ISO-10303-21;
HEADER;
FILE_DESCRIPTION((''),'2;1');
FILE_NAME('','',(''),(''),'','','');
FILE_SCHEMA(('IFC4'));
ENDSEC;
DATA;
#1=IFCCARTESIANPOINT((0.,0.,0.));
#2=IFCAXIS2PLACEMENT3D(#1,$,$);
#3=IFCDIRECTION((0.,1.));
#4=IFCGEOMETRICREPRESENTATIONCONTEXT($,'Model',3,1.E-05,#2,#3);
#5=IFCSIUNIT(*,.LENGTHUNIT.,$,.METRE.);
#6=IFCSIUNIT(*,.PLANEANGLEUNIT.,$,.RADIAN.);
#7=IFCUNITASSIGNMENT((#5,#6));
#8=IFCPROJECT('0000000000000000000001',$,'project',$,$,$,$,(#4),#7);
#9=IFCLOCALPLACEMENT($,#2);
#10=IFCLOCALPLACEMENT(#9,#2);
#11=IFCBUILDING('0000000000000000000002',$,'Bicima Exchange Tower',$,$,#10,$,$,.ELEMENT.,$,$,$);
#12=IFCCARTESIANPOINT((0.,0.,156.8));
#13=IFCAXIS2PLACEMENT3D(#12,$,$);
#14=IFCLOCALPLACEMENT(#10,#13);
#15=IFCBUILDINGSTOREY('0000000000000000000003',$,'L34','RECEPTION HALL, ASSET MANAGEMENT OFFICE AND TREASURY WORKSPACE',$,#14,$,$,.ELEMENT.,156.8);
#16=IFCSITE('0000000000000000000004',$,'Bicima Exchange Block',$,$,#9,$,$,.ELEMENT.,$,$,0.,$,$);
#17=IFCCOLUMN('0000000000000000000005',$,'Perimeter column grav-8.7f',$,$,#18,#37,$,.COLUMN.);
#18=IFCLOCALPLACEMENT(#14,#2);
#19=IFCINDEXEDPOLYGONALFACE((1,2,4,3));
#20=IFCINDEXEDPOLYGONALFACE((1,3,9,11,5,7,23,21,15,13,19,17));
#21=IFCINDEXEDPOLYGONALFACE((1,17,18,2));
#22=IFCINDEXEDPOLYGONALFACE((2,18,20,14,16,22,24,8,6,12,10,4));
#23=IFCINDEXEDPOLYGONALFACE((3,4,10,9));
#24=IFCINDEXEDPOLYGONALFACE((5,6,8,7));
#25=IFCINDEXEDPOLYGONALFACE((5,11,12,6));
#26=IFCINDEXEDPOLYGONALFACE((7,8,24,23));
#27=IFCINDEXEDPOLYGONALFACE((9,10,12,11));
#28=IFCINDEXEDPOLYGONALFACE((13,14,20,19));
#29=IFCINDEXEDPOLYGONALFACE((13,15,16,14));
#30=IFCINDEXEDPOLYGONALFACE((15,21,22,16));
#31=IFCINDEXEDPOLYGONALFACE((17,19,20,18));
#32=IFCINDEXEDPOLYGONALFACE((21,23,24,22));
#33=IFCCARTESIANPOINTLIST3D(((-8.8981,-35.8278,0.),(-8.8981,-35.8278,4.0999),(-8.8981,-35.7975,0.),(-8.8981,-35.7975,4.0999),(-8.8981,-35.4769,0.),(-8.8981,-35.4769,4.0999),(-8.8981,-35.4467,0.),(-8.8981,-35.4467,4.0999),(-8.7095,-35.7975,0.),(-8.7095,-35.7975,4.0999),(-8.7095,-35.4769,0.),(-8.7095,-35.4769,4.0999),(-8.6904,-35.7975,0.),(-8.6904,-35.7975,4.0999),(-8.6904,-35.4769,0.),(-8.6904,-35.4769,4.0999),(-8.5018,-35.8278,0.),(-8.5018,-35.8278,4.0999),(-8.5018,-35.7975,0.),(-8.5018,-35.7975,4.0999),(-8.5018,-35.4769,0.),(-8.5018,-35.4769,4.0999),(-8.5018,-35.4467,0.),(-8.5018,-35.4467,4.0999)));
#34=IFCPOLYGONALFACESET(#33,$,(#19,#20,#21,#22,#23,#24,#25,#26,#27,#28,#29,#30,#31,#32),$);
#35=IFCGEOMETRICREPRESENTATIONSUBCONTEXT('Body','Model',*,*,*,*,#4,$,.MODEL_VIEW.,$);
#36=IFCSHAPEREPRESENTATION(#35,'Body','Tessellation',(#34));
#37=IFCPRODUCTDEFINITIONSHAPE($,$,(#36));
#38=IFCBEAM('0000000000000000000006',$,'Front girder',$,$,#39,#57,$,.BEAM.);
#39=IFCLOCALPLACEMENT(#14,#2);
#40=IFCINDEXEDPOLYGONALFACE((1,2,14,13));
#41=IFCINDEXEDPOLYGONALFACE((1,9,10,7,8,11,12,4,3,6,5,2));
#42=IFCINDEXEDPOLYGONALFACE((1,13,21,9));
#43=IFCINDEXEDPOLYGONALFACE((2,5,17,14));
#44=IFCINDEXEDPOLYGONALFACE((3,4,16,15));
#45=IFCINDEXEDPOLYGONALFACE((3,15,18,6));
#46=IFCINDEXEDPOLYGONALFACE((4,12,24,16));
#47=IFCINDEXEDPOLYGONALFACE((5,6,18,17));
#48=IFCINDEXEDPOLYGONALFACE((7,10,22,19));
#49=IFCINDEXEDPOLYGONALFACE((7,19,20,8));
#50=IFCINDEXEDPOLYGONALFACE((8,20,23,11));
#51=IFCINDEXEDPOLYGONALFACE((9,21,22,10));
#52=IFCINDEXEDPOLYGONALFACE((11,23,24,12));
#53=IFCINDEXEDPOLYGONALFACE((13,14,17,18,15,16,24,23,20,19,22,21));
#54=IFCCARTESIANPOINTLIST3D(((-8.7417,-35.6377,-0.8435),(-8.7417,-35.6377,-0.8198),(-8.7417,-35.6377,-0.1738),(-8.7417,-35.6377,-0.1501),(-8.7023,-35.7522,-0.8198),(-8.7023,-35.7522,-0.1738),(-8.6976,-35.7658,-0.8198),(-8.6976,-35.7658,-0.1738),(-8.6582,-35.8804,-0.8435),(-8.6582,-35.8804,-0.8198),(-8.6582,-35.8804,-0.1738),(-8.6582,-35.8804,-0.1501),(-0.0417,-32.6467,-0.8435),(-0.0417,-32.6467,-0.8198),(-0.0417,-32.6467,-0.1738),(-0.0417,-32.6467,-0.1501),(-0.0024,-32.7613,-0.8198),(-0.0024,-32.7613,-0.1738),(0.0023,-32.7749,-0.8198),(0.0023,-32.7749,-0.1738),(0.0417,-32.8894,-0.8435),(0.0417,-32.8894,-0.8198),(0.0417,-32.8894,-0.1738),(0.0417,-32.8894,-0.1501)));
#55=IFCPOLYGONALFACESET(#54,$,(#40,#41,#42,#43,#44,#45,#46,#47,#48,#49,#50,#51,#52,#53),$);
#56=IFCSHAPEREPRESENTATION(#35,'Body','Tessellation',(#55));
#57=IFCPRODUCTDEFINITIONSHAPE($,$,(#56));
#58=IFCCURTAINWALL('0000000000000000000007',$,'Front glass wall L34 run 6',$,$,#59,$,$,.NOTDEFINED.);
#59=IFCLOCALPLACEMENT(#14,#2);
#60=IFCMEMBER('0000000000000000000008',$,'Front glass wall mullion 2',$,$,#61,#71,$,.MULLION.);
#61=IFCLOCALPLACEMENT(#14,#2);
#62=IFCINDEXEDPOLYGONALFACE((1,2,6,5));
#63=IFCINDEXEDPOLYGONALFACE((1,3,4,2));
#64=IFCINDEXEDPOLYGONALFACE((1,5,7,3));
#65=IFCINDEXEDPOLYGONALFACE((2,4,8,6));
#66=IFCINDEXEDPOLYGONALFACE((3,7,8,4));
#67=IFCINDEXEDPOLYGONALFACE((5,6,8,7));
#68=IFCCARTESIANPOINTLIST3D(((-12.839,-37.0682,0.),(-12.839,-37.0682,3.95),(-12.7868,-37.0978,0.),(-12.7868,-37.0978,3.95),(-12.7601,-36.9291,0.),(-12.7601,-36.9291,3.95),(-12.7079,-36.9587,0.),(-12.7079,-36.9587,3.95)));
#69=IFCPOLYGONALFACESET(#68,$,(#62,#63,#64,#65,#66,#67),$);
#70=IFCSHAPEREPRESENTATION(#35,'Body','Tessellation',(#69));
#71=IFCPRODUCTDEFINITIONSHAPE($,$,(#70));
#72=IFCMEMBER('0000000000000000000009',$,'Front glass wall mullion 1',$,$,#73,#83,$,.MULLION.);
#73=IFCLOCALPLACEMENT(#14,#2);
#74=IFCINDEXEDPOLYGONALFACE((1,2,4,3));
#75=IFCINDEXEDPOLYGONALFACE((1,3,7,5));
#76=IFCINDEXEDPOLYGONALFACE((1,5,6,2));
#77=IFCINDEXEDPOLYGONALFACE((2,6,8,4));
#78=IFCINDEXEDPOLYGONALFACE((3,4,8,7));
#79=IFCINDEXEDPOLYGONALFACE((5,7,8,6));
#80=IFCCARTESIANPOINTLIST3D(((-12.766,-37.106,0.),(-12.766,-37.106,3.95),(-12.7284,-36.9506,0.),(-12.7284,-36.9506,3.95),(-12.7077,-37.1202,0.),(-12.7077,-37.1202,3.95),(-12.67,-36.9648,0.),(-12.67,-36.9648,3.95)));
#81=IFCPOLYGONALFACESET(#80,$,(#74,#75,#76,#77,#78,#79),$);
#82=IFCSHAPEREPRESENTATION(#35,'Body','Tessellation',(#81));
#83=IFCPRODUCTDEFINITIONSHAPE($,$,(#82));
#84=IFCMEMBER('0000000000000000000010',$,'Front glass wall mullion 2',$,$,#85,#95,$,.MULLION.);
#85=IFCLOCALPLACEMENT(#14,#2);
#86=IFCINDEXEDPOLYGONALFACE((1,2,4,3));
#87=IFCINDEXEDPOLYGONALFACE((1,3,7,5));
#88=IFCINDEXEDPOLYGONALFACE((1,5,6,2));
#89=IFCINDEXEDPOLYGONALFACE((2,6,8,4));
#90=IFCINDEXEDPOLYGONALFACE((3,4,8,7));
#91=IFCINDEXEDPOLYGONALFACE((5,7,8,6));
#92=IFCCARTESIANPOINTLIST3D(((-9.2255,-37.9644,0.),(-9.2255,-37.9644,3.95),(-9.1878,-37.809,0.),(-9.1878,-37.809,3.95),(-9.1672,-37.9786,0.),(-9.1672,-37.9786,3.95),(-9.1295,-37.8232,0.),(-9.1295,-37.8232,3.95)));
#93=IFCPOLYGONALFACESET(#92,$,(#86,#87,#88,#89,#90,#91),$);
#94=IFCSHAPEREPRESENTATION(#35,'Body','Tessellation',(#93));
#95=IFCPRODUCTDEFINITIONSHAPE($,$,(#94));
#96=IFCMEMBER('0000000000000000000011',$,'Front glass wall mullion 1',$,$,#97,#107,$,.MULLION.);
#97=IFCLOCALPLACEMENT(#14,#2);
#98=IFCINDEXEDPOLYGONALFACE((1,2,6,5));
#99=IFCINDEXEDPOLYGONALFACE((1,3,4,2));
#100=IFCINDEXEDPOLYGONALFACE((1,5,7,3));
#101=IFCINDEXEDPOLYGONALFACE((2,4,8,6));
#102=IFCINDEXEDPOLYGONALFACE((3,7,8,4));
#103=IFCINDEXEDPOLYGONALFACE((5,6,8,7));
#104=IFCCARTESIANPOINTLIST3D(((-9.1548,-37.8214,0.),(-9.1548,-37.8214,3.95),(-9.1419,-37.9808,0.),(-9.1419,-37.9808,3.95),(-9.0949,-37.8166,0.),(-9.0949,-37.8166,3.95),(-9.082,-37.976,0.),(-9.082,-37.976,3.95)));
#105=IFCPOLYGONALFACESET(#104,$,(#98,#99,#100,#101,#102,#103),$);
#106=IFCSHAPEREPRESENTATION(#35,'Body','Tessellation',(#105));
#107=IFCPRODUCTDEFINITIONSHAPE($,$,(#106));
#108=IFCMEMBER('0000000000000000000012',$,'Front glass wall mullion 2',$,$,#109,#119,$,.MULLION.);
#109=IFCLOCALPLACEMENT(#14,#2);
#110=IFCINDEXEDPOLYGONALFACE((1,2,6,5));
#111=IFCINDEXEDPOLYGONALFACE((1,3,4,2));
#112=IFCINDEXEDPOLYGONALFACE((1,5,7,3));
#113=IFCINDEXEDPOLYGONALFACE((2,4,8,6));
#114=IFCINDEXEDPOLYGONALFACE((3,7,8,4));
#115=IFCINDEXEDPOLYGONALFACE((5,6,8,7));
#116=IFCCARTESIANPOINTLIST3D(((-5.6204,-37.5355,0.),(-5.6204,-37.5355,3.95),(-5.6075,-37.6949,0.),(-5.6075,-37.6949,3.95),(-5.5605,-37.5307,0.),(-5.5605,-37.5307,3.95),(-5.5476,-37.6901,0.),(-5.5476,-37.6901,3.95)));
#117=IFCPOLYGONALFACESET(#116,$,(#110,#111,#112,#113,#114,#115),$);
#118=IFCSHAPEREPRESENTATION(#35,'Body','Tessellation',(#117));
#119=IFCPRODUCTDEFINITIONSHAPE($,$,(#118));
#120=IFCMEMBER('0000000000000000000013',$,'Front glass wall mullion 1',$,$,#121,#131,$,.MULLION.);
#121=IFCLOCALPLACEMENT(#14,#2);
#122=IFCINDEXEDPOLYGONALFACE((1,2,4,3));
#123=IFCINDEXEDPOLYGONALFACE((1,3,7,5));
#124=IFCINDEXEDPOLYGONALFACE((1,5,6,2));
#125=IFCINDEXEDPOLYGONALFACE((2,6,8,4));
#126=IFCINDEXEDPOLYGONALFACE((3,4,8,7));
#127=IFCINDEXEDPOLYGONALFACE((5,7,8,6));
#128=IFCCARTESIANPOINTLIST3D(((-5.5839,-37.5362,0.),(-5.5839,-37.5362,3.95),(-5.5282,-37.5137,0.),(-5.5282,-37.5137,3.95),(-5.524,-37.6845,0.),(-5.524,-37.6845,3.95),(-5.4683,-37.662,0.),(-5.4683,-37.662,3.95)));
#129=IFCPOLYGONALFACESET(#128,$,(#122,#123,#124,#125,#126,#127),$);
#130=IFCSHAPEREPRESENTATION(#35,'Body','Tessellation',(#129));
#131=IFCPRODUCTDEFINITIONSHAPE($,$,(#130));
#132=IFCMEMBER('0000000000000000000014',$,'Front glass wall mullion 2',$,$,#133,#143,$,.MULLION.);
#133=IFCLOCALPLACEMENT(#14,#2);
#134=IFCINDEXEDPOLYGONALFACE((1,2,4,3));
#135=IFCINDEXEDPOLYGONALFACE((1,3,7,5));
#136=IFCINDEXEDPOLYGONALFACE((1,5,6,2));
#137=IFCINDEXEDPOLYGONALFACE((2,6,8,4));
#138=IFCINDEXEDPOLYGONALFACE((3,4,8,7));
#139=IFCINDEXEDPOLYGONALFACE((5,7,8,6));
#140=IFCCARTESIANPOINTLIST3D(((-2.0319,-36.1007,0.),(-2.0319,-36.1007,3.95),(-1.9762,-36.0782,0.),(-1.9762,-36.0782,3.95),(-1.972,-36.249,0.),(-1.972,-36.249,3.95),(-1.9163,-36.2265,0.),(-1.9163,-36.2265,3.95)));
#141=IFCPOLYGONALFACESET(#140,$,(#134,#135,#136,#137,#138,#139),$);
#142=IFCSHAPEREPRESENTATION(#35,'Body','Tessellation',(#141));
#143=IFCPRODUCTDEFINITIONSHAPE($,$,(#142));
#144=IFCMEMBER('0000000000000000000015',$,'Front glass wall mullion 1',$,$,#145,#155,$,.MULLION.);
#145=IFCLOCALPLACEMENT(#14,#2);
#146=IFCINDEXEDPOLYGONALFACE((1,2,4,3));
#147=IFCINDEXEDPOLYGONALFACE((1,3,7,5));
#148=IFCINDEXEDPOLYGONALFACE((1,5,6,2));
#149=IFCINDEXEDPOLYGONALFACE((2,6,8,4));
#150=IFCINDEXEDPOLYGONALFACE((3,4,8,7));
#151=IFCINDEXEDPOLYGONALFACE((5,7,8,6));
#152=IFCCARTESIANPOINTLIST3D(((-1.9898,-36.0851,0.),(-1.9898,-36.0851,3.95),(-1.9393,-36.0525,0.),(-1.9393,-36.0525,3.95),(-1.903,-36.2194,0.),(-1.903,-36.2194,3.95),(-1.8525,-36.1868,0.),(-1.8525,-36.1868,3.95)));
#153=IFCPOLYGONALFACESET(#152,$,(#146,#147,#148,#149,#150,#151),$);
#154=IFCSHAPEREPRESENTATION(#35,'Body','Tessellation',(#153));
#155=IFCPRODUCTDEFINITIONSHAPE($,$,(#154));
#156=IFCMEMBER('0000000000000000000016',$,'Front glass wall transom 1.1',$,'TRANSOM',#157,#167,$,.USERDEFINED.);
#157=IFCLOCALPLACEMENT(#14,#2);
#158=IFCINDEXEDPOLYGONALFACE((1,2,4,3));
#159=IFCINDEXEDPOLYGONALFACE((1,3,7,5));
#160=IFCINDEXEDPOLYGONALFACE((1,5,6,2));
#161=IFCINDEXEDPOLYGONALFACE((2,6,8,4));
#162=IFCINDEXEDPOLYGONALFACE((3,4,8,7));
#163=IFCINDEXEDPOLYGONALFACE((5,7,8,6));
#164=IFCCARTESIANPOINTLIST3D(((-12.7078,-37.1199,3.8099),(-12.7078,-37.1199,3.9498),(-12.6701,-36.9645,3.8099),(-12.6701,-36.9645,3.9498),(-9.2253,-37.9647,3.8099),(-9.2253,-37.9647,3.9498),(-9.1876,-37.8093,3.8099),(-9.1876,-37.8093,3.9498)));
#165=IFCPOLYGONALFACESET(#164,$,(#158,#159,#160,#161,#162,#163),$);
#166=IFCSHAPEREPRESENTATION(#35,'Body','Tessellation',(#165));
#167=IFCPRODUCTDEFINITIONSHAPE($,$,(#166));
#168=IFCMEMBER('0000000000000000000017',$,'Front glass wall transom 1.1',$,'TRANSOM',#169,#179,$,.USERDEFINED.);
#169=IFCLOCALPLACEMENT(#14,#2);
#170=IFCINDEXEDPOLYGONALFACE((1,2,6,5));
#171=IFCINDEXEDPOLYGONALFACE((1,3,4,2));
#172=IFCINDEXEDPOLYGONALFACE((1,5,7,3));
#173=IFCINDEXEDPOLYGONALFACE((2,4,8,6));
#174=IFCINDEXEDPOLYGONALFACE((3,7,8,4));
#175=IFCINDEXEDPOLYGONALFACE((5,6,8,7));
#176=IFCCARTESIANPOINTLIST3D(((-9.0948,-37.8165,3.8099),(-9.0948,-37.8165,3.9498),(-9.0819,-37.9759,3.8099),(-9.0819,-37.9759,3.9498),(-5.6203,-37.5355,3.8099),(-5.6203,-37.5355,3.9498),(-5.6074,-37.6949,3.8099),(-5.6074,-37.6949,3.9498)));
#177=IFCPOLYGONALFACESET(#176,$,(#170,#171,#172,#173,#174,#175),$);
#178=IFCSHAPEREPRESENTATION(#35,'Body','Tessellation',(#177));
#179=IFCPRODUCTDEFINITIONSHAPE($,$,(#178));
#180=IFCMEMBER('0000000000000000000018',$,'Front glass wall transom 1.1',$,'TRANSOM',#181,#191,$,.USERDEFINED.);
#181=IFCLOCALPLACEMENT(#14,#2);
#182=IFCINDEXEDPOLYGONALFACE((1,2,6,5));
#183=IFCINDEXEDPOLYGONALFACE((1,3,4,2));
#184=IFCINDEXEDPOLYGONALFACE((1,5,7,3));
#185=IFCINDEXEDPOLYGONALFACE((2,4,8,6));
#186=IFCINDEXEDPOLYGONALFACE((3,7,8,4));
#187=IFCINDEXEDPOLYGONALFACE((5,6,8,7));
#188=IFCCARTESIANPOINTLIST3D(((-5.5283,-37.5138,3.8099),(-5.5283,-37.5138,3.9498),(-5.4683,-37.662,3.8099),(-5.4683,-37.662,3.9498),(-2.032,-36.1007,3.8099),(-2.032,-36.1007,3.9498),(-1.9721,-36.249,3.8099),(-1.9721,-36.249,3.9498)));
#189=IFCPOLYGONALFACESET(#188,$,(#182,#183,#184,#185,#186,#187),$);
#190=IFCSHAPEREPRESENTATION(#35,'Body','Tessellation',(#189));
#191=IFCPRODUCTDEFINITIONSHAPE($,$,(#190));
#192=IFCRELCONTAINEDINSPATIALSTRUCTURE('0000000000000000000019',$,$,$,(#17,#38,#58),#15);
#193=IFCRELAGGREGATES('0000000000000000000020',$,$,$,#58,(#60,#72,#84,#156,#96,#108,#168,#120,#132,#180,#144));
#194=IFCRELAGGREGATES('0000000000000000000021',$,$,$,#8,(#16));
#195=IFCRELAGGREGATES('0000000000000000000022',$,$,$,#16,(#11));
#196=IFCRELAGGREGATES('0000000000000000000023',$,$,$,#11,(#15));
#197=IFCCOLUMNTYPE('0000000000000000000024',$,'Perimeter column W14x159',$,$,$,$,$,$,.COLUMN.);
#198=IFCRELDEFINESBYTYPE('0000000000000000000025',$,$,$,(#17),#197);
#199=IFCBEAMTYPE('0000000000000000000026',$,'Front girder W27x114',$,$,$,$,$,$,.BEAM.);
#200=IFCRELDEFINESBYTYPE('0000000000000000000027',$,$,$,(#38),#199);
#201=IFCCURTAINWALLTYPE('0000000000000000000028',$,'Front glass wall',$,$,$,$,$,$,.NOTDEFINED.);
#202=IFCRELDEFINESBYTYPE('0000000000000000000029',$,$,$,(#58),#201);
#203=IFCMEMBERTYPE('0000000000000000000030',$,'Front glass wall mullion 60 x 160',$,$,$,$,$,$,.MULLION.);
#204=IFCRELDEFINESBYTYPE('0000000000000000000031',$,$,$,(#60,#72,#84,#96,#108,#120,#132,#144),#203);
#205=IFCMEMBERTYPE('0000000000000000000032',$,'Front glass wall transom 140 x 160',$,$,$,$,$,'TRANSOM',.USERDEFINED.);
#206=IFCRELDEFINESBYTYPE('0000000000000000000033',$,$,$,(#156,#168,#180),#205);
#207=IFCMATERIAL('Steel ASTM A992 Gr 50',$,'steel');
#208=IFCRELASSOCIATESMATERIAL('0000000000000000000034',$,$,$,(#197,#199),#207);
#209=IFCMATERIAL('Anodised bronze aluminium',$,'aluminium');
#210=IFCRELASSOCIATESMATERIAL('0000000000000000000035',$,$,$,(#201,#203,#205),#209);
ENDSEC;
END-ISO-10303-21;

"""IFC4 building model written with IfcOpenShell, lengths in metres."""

from ifc_helpers import new_model, si_unit, direction, frame, origin, origin_2d, place, context, subcontext, project, spatial, rectangle, i_section, extrude, material, material_profile, profile_set, type_object, element, aggregate, save


model = new_model("IFC4")

# Units and contexts
model_context = context("Model", 3, precision=1e-05, world=origin(), true_north=direction((0.0, 1.0)))
body_context = subcontext(model_context, "Body", "Model", "MODEL_VIEW")
ifc_project = project(units=[si_unit("LENGTHUNIT", "METRE"), si_unit("PLANEANGLEUNIT", "RADIAN")], contexts=[model_context])

# Site, building, storey
site_placement = place(None, origin())
site = spatial("IfcSite", under=ifc_project, at=site_placement, Name="Bicima Exchange Block", CompositionType="ELEMENT", RefElevation=0.0)
building_placement = place(site_placement, origin())
building = spatial("IfcBuilding", under=site, at=building_placement, Name="Bicima Exchange Tower", CompositionType="ELEMENT")
storey_placement = place(building_placement, frame((0.0, 0.0, 156.8)))
storey = spatial("IfcBuildingStorey", under=building, at=storey_placement, Name="L34", Description="RECEPTION HALL, ASSET MANAGEMENT OFFICE AND TREASURY WORKSPACE", CompositionType="ELEMENT", Elevation=156.8)

# Column
ifc_material_1 = material(Name="Steel ASTM A992 Gr 50", Category="steel")
ifc_material_profile_1 = material_profile(ifc_material_1, i_section(OverallWidth=0.3962, OverallDepth=0.3811, WebThickness=0.019, FlangeThickness=0.0303, at=origin_2d()))
ifc_profile_set_1 = profile_set([ifc_material_profile_1], Name="Steel ASTM A992 Gr 50")
column_type = type_object("IfcColumnType", Name="Perimeter column W14x159", PredefinedType="COLUMN", material=ifc_profile_set_1)
column_placement = place(storey_placement, frame((-8.7, -35.6372, 0.0), z_axis=(0.0, 0.0, 1.0), x_axis=(1.0, 0.0, 0.0)))
element("IfcColumn", 1, at=column_placement, inside=storey, type_object=column_type, Name="Perimeter column grav-8.7f", PredefinedType="COLUMN", context=body_context, shape_type="SweptSolid", body=[
    extrude(i_section(OverallWidth=0.3962, OverallDepth=0.3811, WebThickness=0.019, FlangeThickness=0.0303, at=origin_2d()), origin(), (0.0, 0.0, 1.0), 4.0999),
])

# Beam
ifc_material_profile_2 = material_profile(ifc_material_1, i_section(OverallWidth=0.2566, OverallDepth=0.6934, WebThickness=0.0144, FlangeThickness=0.0237, at=origin_2d()))
ifc_profile_set_2 = profile_set([ifc_material_profile_2], Name="Steel ASTM A992 Gr 50")
beam_type = type_object("IfcBeamType", Name="Front girder W27x114", PredefinedType="BEAM", material=ifc_profile_set_2)
beam_placement = place(storey_placement, frame((-8.7, -35.759, -0.4968), z_axis=(0.945675, 0.325115, 0.0), x_axis=(-0.325115, 0.945675, 0.0)))
element("IfcBeam", 2, at=beam_placement, inside=storey, type_object=beam_type, Name="Front girder", PredefinedType="BEAM", context=body_context, shape_type="SweptSolid", body=[
    extrude(i_section(OverallWidth=0.2566, OverallDepth=0.6934, WebThickness=0.0144, FlangeThickness=0.0237, at=origin_2d()), origin(), (0.0, 0.0, 1.0), 9.1997),
])

# Curtain wall, members
ifc_material_2 = material(Name="Anodised bronze aluminium", Category="aluminium")
curtain_wall_type = type_object("IfcCurtainWallType", Name="Front glass wall", PredefinedType="NOTDEFINED", material=ifc_material_2)
curtain_wall_placement = place(storey_placement, origin())
curtain_wall = element("IfcCurtainWall", 3, at=curtain_wall_placement, inside=storey, type_object=curtain_wall_type, Name="Front glass wall L34 run 6", PredefinedType="NOTDEFINED")
ifc_material_profile_3 = material_profile(ifc_material_2, rectangle(XDim=0.1599, YDim=0.0601, at=origin_2d()))
ifc_profile_set_3 = profile_set([ifc_material_profile_3], Name="Anodised bronze aluminium")
member_type_1 = type_object("IfcMemberType", Name="Front glass wall mullion 60 x 160", PredefinedType="MULLION", material=ifc_profile_set_3)
member_1_placement = place(storey_placement, frame((-12.7734, -37.0134, 0.0), z_axis=(0.0, 0.0, 1.0), x_axis=(0.493395, 0.869805, 0.0)))
member_1 = element("IfcMember", 4, at=member_1_placement, type_object=member_type_1, Name="Front glass wall mullion 2", PredefinedType="MULLION", context=body_context, shape_type="SweptSolid", body=[
    extrude(rectangle(XDim=0.1599, YDim=0.0601, at=origin_2d()), origin(), (0.0, 0.0, 1.0), 3.95),
])
member_2_placement = place(storey_placement, frame((-12.718, -37.0354, 0.0), z_axis=(0.0, 0.0, 1.0), x_axis=(0.235682, 0.97183, 0.0)))
member_2 = element("IfcMember", 5, at=member_2_placement, type_object=member_type_1, Name="Front glass wall mullion 1", PredefinedType="MULLION", context=body_context, shape_type="SweptSolid", body=[
    extrude(rectangle(XDim=0.1599, YDim=0.0601, at=origin_2d()), origin(), (0.0, 0.0, 1.0), 3.95),
])
member_3_placement = place(storey_placement, frame((-9.1775, -37.8938, 0.0), z_axis=(0.0, 0.0, 1.0), x_axis=(0.235682, 0.97183, 0.0)))
member_3 = element("IfcMember", 6, at=member_3_placement, type_object=member_type_1, Name="Front glass wall mullion 2", PredefinedType="MULLION", context=body_context, shape_type="SweptSolid", body=[
    extrude(rectangle(XDim=0.1599, YDim=0.0601, at=origin_2d()), origin(), (0.0, 0.0, 1.0), 3.95),
])
member_4_placement = place(storey_placement, frame((-9.1184, -37.8987, 0.0), z_axis=(0.0, 0.0, 1.0), x_axis=(-0.080589, 0.996747, 0.0)))
member_4 = element("IfcMember", 7, at=member_4_placement, type_object=member_type_1, Name="Front glass wall mullion 1", PredefinedType="MULLION", context=body_context, shape_type="SweptSolid", body=[
    extrude(rectangle(XDim=0.1599, YDim=0.0601, at=origin_2d()), origin(), (0.0, 0.0, 1.0), 3.95),
])
member_5_placement = place(storey_placement, frame((-5.584, -37.6128, 0.0), z_axis=(0.0, 0.0, 1.0), x_axis=(-0.080589, 0.996747, 0.0)))
member_5 = element("IfcMember", 8, at=member_5_placement, type_object=member_type_1, Name="Front glass wall mullion 2", PredefinedType="MULLION", context=body_context, shape_type="SweptSolid", body=[
    extrude(rectangle(XDim=0.1599, YDim=0.0601, at=origin_2d()), origin(), (0.0, 0.0, 1.0), 3.95),
])
member_6_placement = place(storey_placement, frame((-5.5261, -37.5991, 0.0), z_axis=(0.0, 0.0, 1.0), x_axis=(-0.374705, 0.927144, 0.0)))
member_6 = element("IfcMember", 9, at=member_6_placement, type_object=member_type_1, Name="Front glass wall mullion 1", PredefinedType="MULLION", context=body_context, shape_type="SweptSolid", body=[
    extrude(rectangle(XDim=0.1599, YDim=0.0601, at=origin_2d()), origin(), (0.0, 0.0, 1.0), 3.95),
])
member_7_placement = place(storey_placement, frame((-1.9741, -36.1636, 0.0), z_axis=(0.0, 0.0, 1.0), x_axis=(-0.374705, 0.927144, 0.0)))
member_7 = element("IfcMember", 10, at=member_7_placement, type_object=member_type_1, Name="Front glass wall mullion 2", PredefinedType="MULLION", context=body_context, shape_type="SweptSolid", body=[
    extrude(rectangle(XDim=0.1599, YDim=0.0601, at=origin_2d()), origin(), (0.0, 0.0, 1.0), 3.95),
])
member_8_placement = place(storey_placement, frame((-1.9211, -36.136, 0.0), z_axis=(0.0, 0.0, 1.0), x_axis=(-0.542897, 0.839799, 0.0)))
member_8 = element("IfcMember", 11, at=member_8_placement, type_object=member_type_1, Name="Front glass wall mullion 1", PredefinedType="MULLION", context=body_context, shape_type="SweptSolid", body=[
    extrude(rectangle(XDim=0.1599, YDim=0.0601, at=origin_2d()), origin(), (0.0, 0.0, 1.0), 3.95),
])
ifc_material_profile_4 = material_profile(ifc_material_2, rectangle(XDim=0.1599, YDim=0.1399, at=origin_2d()))
ifc_profile_set_4 = profile_set([ifc_material_profile_4], Name="Anodised bronze aluminium")
member_type_2 = type_object("IfcMemberType", Name="Front glass wall transom 140 x 160", ElementType="TRANSOM", PredefinedType="USERDEFINED", material=ifc_profile_set_4)
member_9_placement = place(storey_placement, frame((-12.689, -37.0422, 3.8799), z_axis=(0.971818, -0.235733, 0.0), x_axis=(0.235733, 0.971818, 0.0)))
member_9 = element("IfcMember", 12, at=member_9_placement, type_object=member_type_2, Name="Front glass wall transom 1.1", ObjectType="TRANSOM", PredefinedType="USERDEFINED", context=body_context, shape_type="SweptSolid", body=[
    extrude(rectangle(XDim=0.1599, YDim=0.1399, at=origin_2d()), origin(), (0.0, 0.0, 1.0), 3.5835),
])
member_10_placement = place(storey_placement, frame((-9.0884, -37.8962, 3.8799), z_axis=(0.996746, 0.080611, 0.0), x_axis=(-0.080611, 0.996746, 0.0)))
member_10 = element("IfcMember", 13, at=member_10_placement, type_object=member_type_2, Name="Front glass wall transom 1.1", ObjectType="TRANSOM", PredefinedType="USERDEFINED", context=body_context, shape_type="SweptSolid", body=[
    extrude(rectangle(XDim=0.1599, YDim=0.1399, at=origin_2d()), origin(), (0.0, 0.0, 1.0), 3.4858),
])
member_11_placement = place(storey_placement, frame((-5.4983, -37.5879, 3.8799), z_axis=(0.92714, 0.374715, 0.0), x_axis=(-0.374715, 0.92714, 0.0)))
member_11 = element("IfcMember", 14, at=member_11_placement, type_object=member_type_2, Name="Front glass wall transom 1.1", ObjectType="TRANSOM", PredefinedType="USERDEFINED", context=body_context, shape_type="SweptSolid", body=[
    extrude(rectangle(XDim=0.1599, YDim=0.1399, at=origin_2d()), origin(), (0.0, 0.0, 1.0), 3.771),
])
aggregate(curtain_wall, [member_1, member_2, member_3, member_9, member_4, member_5, member_10, member_6, member_7, member_11, member_8])

save(model, "model.ifc")
